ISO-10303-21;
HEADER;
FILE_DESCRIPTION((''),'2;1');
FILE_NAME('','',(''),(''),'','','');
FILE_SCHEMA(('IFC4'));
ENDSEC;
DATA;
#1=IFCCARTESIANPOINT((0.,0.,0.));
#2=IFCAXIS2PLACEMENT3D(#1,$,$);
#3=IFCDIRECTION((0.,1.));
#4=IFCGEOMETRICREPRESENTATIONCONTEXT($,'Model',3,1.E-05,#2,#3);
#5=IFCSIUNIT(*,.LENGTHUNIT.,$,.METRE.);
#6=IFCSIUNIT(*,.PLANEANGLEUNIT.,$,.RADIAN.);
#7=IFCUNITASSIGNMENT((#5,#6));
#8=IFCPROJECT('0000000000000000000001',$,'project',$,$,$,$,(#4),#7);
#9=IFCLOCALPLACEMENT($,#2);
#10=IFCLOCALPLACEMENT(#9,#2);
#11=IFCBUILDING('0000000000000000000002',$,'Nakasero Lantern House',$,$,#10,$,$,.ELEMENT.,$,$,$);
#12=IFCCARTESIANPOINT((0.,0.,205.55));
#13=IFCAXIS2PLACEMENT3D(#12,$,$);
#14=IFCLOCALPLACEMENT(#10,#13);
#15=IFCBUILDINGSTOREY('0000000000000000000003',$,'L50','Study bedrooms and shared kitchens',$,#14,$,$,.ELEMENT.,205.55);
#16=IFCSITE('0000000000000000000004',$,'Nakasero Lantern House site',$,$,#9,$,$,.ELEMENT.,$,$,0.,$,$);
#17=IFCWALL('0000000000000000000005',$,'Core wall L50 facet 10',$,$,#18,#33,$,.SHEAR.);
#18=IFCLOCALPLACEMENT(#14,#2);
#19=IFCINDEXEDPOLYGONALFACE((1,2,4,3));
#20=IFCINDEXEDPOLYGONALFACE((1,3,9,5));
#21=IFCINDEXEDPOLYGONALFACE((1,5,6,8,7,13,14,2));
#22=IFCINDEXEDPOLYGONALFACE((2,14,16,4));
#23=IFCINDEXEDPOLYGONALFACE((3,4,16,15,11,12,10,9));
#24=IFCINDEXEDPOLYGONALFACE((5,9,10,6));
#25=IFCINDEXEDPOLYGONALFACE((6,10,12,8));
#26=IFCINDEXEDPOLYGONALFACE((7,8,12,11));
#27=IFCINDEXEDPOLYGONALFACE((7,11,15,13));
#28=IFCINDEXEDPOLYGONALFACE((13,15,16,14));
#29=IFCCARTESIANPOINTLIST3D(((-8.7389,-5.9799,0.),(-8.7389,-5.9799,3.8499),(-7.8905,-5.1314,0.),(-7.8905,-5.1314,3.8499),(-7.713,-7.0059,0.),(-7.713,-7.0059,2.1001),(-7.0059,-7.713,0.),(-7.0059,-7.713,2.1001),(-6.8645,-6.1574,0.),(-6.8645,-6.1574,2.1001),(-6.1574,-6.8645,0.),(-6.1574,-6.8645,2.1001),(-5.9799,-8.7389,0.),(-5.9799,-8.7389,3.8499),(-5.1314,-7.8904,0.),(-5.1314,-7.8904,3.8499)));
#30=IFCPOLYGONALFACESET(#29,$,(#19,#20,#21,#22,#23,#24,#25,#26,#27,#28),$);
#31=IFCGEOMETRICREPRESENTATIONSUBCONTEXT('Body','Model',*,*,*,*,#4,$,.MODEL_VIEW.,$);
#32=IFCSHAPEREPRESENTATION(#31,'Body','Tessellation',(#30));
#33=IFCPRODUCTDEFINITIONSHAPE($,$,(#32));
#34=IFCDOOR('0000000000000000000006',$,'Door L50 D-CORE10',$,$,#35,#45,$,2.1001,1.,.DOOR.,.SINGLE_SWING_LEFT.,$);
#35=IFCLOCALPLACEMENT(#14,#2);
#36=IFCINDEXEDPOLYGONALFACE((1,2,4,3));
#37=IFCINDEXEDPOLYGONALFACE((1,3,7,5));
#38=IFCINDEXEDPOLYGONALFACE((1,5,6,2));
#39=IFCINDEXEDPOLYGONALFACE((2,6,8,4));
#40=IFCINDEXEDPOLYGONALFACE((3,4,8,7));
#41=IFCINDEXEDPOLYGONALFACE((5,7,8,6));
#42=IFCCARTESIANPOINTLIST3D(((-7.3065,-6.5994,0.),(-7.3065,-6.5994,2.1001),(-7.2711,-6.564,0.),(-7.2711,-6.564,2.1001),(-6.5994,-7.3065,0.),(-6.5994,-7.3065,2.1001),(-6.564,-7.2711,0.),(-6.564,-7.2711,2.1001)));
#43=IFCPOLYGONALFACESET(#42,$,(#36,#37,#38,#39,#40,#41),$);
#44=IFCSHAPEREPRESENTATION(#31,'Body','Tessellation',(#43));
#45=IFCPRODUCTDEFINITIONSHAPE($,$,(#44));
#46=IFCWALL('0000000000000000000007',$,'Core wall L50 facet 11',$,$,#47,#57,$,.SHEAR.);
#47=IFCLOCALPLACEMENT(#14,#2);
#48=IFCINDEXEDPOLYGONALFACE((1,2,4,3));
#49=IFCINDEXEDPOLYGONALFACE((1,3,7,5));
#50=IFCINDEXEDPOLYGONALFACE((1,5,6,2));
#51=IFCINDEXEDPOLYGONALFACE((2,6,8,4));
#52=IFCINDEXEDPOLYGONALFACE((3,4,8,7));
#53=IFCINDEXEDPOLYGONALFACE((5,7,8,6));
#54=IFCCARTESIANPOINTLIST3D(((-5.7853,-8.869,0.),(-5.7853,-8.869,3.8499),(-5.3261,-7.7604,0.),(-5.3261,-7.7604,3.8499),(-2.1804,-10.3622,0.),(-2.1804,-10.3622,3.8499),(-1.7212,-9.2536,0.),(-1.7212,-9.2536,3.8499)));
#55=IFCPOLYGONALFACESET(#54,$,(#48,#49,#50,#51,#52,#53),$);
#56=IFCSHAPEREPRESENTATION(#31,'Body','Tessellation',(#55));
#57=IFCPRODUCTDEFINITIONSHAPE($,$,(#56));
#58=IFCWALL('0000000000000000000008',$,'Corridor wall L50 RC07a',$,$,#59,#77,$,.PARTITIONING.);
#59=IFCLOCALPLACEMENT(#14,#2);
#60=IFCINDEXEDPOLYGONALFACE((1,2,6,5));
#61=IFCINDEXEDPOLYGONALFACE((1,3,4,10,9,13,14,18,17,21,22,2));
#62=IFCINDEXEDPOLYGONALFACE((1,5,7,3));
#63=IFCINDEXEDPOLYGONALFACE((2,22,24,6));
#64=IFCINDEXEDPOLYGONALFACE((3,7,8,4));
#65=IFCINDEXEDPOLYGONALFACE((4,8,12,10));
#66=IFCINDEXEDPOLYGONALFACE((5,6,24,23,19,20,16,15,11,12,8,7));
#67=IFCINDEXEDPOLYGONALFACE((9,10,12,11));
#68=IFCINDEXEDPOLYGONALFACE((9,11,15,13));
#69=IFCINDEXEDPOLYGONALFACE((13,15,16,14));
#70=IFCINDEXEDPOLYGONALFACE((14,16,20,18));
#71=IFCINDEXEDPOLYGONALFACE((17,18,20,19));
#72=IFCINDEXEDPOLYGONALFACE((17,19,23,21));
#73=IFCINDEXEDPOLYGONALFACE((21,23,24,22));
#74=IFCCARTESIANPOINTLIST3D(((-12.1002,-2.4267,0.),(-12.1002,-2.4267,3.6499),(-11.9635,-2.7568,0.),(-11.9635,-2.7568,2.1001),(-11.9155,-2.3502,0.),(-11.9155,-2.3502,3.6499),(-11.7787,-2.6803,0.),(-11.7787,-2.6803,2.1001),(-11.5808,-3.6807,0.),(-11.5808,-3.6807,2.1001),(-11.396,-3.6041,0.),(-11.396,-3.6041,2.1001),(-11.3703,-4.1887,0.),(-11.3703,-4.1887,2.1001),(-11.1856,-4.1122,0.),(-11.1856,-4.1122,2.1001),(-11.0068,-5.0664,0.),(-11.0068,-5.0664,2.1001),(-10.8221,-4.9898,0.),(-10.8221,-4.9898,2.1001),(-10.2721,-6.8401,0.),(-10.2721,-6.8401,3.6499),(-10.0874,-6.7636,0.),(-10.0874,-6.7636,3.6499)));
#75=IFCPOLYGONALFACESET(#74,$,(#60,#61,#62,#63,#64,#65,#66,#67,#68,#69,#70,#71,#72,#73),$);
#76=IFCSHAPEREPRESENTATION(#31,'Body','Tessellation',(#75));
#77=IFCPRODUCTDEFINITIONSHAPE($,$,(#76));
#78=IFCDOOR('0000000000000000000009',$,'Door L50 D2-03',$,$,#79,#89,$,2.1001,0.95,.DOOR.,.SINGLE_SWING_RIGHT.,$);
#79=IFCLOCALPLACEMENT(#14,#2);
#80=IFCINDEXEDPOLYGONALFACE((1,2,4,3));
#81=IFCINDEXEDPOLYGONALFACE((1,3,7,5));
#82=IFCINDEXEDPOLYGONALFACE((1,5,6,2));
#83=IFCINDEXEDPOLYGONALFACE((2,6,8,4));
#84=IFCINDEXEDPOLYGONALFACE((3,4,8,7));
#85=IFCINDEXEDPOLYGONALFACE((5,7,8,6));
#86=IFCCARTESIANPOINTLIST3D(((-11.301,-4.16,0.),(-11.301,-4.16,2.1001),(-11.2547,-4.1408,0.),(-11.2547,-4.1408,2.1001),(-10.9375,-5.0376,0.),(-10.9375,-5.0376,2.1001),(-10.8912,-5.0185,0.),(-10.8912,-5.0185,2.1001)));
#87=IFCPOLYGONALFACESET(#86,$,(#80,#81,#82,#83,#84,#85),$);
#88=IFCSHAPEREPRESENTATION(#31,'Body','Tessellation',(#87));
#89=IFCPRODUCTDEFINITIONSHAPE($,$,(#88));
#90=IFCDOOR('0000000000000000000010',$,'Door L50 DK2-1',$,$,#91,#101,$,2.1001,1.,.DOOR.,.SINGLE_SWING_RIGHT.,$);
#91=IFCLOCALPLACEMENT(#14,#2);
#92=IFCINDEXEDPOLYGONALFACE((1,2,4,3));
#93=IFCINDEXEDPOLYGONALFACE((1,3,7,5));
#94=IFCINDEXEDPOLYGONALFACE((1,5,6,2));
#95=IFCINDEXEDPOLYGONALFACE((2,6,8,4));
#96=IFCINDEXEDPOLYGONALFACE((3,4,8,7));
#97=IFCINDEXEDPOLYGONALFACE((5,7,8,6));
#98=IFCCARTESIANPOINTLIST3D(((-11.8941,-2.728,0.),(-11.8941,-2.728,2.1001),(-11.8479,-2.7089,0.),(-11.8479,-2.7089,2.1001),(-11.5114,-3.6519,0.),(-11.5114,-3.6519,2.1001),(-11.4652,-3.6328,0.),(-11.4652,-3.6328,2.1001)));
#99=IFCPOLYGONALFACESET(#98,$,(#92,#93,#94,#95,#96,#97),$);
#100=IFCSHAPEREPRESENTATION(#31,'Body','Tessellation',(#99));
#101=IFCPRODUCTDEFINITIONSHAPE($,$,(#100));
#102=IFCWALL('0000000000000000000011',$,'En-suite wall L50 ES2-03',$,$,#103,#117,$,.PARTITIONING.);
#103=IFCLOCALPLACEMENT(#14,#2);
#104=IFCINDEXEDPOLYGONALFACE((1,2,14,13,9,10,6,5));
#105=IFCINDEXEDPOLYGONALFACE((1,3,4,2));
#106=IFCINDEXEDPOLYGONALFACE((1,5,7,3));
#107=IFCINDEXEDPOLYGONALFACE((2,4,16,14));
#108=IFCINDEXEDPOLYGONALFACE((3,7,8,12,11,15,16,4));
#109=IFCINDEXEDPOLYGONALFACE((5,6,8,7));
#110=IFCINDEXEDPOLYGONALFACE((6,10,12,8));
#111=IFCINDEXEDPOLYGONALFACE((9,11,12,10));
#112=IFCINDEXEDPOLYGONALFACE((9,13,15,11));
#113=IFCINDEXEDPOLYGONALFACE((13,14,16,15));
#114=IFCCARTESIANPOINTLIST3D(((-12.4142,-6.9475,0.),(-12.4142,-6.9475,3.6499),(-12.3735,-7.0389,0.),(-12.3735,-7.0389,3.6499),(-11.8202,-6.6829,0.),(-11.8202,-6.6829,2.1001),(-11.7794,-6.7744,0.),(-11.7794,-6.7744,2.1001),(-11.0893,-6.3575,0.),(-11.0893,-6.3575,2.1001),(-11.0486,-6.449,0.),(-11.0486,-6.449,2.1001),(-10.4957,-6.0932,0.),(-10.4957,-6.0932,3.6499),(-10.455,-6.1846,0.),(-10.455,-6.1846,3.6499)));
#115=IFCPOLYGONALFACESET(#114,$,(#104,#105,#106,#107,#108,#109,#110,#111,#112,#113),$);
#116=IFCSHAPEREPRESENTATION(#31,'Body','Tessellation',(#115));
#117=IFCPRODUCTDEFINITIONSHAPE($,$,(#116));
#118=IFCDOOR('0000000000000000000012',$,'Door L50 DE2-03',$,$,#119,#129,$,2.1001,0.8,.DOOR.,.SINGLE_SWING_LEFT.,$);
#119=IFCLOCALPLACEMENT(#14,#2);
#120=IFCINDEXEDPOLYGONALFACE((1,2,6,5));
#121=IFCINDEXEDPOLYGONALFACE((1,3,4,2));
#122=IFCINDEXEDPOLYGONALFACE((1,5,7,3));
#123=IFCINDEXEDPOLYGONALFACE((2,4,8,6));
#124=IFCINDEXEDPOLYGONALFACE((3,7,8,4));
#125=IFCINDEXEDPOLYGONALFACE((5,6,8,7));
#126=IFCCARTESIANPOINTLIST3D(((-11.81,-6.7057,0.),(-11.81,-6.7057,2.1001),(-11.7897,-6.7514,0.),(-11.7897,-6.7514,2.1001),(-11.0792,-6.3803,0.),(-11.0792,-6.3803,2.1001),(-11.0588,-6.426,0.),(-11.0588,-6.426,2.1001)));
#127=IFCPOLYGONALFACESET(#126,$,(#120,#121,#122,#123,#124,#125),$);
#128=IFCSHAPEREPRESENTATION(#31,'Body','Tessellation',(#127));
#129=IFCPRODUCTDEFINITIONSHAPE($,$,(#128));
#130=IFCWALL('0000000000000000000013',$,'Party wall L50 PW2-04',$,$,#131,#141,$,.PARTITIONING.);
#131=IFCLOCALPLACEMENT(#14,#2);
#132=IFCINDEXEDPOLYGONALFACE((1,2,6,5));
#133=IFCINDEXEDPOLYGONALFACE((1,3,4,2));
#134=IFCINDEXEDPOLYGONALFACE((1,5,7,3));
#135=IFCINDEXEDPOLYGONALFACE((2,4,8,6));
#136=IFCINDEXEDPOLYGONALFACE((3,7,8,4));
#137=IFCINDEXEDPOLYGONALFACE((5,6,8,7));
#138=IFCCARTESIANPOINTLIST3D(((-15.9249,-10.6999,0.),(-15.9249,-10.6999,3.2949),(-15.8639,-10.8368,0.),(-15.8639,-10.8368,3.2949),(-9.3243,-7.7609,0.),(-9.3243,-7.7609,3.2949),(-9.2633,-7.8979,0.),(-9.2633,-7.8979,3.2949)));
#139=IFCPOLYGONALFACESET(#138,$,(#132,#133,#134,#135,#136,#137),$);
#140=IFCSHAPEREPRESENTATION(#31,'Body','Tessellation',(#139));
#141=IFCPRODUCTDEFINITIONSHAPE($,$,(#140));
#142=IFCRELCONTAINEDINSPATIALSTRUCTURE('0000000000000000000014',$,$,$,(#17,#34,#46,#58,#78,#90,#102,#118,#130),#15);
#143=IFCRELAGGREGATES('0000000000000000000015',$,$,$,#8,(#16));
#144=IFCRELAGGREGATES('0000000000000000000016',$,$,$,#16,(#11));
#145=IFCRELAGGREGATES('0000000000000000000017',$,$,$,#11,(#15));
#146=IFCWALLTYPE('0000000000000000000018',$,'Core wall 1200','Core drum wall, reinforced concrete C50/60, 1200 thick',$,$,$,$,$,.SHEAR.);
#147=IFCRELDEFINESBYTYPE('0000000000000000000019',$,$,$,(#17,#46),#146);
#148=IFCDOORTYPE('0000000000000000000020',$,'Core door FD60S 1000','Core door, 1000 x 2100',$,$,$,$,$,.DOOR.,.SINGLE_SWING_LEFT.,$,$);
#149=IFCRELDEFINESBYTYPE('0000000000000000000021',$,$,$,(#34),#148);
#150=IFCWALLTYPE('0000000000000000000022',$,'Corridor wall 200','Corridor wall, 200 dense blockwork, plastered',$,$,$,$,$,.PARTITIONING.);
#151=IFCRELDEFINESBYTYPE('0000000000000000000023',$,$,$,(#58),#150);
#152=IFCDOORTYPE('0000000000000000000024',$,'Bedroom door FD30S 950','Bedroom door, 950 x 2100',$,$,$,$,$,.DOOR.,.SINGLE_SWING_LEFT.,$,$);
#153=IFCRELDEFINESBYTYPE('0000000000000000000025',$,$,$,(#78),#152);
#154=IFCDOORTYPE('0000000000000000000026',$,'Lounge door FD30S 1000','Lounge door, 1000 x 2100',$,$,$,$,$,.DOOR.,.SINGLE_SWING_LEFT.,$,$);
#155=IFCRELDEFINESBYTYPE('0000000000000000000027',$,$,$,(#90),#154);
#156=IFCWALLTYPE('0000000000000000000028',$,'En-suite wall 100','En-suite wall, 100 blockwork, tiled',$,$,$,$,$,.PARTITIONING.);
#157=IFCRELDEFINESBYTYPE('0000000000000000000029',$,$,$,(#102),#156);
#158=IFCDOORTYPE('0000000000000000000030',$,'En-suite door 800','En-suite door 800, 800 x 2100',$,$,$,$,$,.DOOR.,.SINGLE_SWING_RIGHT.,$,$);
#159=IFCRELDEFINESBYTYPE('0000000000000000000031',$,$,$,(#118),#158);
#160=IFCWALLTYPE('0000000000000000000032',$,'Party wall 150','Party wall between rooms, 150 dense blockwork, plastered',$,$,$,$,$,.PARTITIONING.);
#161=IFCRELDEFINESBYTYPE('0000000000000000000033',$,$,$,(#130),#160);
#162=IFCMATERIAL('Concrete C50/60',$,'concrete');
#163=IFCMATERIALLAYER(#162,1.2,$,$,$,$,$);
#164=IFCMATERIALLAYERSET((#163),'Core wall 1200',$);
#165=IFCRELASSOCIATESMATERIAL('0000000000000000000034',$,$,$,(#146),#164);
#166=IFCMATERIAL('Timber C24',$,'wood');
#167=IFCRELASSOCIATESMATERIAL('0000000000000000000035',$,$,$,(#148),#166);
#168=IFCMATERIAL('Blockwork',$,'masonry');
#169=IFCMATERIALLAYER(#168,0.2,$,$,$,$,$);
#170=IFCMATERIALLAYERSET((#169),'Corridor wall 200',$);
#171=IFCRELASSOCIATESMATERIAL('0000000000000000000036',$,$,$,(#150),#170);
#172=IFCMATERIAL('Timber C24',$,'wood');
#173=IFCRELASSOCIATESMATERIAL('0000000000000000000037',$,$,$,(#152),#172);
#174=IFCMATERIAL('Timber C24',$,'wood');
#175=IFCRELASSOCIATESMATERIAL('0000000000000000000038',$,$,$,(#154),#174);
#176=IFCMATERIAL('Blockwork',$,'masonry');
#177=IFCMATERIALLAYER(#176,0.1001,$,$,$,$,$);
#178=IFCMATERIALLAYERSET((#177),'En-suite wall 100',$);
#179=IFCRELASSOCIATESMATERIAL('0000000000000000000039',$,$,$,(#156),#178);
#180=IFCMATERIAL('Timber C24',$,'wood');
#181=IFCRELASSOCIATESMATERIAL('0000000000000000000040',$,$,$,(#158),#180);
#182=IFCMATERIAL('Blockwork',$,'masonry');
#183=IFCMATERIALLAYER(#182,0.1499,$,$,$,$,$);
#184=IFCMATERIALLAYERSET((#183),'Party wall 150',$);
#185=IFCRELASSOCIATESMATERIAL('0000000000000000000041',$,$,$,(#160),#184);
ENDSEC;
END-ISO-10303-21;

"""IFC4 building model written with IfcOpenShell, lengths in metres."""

from ifc_helpers import new_model, si_unit, direction, frame, frame_2d, origin, place, context, subcontext, project, spatial, rectangle, extrude, material, layer, layer_set, type_object, element, fill, save


model = new_model("IFC4")

# Units and contexts
model_context = context("Model", 3, precision=1e-05, world=origin(), true_north=direction((0.0, 1.0)))
body_context = subcontext(model_context, "Body", "Model", "MODEL_VIEW")
ifc_project = project(units=[si_unit("LENGTHUNIT", "METRE"), si_unit("PLANEANGLEUNIT", "RADIAN")], contexts=[model_context])

# Site, building, storey
site_placement = place(None, origin())
site = spatial("IfcSite", under=ifc_project, at=site_placement, Name="Nakasero Lantern House site", CompositionType="ELEMENT", RefElevation=0.0)
building_placement = place(site_placement, origin())
building = spatial("IfcBuilding", under=site, at=building_placement, Name="Nakasero Lantern House", CompositionType="ELEMENT")
storey_placement = place(building_placement, frame((0.0, 0.0, 205.55)))
storey = spatial("IfcBuildingStorey", under=building, at=storey_placement, Name="L50", Description="Study bedrooms and shared kitchens", CompositionType="ELEMENT", Elevation=205.55)

# Shared definitions
ifc_material_1 = material(Name="Concrete C50/60", Category="concrete")
ifc_layer_1 = layer(ifc_material_1, 1.2)
ifc_layer_set_1 = layer_set([ifc_layer_1], Name="Core wall 1200")
wall_type_1 = type_object("IfcWallType", Name="Core wall 1200", Description="Core drum wall, reinforced concrete C50/60, 1200 thick", PredefinedType="SHEAR", material=ifc_layer_set_1)

# Wall, opening, door
wall_1_placement = place(storey_placement, frame((-8.3147, -5.5557, 0.0), z_axis=(0.0, 0.0, 1.0), x_axis=(0.707107, -0.707107, 0.0)))
wall_1 = element("IfcWall", 1, at=wall_1_placement, inside=storey, type_object=wall_type_1, Name="Core wall L50 facet 10", PredefinedType="SHEAR", context=body_context, shape_type="SweptSolid", body=[
    extrude(rectangle(XDim=3.9019, YDim=1.2, at=frame_2d((1.9509, 0.0))), origin(), (0.0, 0.0, 1.0), 3.8499),
])
opening_1_placement = place(wall_1_placement, frame((1.4509, 0.0, 0.0)))
opening_1 = element("IfcOpeningElement", 2, at=opening_1_placement, cuts=wall_1, PredefinedType="OPENING", context=body_context, shape_type="SweptSolid", body=[
    extrude(rectangle(XDim=1.0, YDim=2.1001, at=frame_2d((0.5, 1.05))), frame((0.0, 0.6199, 0.0), z_axis=(0.0, -1.0, 0.0), x_axis=(1.0, 0.0, 0.0)), (0.0, 0.0, 1.0), 1.24),
])
ifc_material_2 = material(Name="Timber C24", Category="wood")
door_type_1 = type_object("IfcDoorType", Name="Core door FD60S 1000", Description="Core door, 1000 x 2100", OperationType="SINGLE_SWING_LEFT", PredefinedType="DOOR", material=ifc_material_2)
door_1_placement = place(opening_1_placement, origin())
door_1 = element("IfcDoor", 3, at=door_1_placement, inside=storey, type_object=door_type_1, Name="Door L50 D-CORE10", OperationType="SINGLE_SWING_LEFT", OverallHeight=2.1001, OverallWidth=1.0, PredefinedType="DOOR", context=body_context, shape_type="SweptSolid", body=[
    extrude(rectangle(XDim=1.0, YDim=2.1001, at=frame_2d((0.5, 1.05))), frame((0.0, 0.0249, 0.0), z_axis=(0.0, -1.0, 0.0), x_axis=(1.0, 0.0, 0.0)), (0.0, 0.0, 1.0), 0.05),
])
fill(opening_1, door_1)

# Wall
wall_2_placement = place(storey_placement, frame((-5.5557, -8.3147, 0.0), z_axis=(0.0, 0.0, 1.0), x_axis=(0.923877, -0.382691, 0.0)))
element("IfcWall", 4, at=wall_2_placement, inside=storey, type_object=wall_type_1, Name="Core wall L50 facet 11", PredefinedType="SHEAR", context=body_context, shape_type="SweptSolid", body=[
    extrude(rectangle(XDim=3.9019, YDim=1.2, at=frame_2d((1.9509, 0.0))), origin(), (0.0, 0.0, 1.0), 3.8499),
])

# Wall, openings, doors
ifc_material_3 = material(Name="Blockwork", Category="masonry")
ifc_layer_2 = layer(ifc_material_3, 0.2)
ifc_layer_set_2 = layer_set([ifc_layer_2], Name="Corridor wall 200")
wall_type_2 = type_object("IfcWallType", Name="Corridor wall 200", Description="Corridor wall, 200 dense blockwork, plastered", PredefinedType="PARTITIONING", material=ifc_layer_set_2)
wall_3_placement = place(storey_placement, frame((-10.1797, -6.802, 0.0), z_axis=(0.0, 0.0, 1.0), x_axis=(-0.382677, 0.923882, 0.0)))
wall_3 = element("IfcWall", 5, at=wall_3_placement, inside=storey, type_object=wall_type_2, Name="Corridor wall L50 RC07a", PredefinedType="PARTITIONING", context=body_context, shape_type="SweptSolid", body=[
    extrude(rectangle(XDim=4.7771, YDim=0.2, at=frame_2d((2.3887, 0.0))), origin(), (0.0, 0.0, 1.0), 3.6499),
])
opening_2_placement = place(wall_3_placement, frame((1.9199, 0.0, 0.0)))
opening_2 = element("IfcOpeningElement", 6, at=opening_2_placement, cuts=wall_3, PredefinedType="OPENING", context=body_context, shape_type="SweptSolid", body=[
    extrude(rectangle(XDim=0.95, YDim=2.1001, at=frame_2d((0.4751, 1.05))), frame((0.0, 0.1199, 0.0), z_axis=(0.0, -1.0, 0.0), x_axis=(1.0, 0.0, 0.0)), (0.0, 0.0, 1.0), 0.24),
])
opening_3_placement = place(wall_3_placement, frame((3.4199, 0.0, 0.0)))
opening_3 = element("IfcOpeningElement", 7, at=opening_3_placement, cuts=wall_3, PredefinedType="OPENING", context=body_context, shape_type="SweptSolid", body=[
    extrude(rectangle(XDim=1.0, YDim=2.1001, at=frame_2d((0.5, 1.05))), frame((0.0, 0.1199, 0.0), z_axis=(0.0, -1.0, 0.0), x_axis=(1.0, 0.0, 0.0)), (0.0, 0.0, 1.0), 0.24),
])
ifc_material_4 = material(Name="Timber C24", Category="wood")
door_type_2 = type_object("IfcDoorType", Name="Bedroom door FD30S 950", Description="Bedroom door, 950 x 2100", OperationType="SINGLE_SWING_LEFT", PredefinedType="DOOR", material=ifc_material_4)
door_2_placement = place(opening_2_placement, origin())
door_2 = element("IfcDoor", 8, at=door_2_placement, inside=storey, type_object=door_type_2, Name="Door L50 D2-03", OperationType="SINGLE_SWING_RIGHT", OverallHeight=2.1001, OverallWidth=0.95, PredefinedType="DOOR", context=body_context, shape_type="SweptSolid", body=[
    extrude(rectangle(XDim=0.95, YDim=2.1001, at=frame_2d((0.4751, 1.05))), frame((0.0, 0.0249, 0.0), z_axis=(0.0, -1.0, 0.0), x_axis=(1.0, 0.0, 0.0)), (0.0, 0.0, 1.0), 0.05),
])
fill(opening_2, door_2)
ifc_material_5 = material(Name="Timber C24", Category="wood")
door_type_3 = type_object("IfcDoorType", Name="Lounge door FD30S 1000", Description="Lounge door, 1000 x 2100", OperationType="SINGLE_SWING_LEFT", PredefinedType="DOOR", material=ifc_material_5)
door_3_placement = place(opening_3_placement, origin())
door_3 = element("IfcDoor", 9, at=door_3_placement, inside=storey, type_object=door_type_3, Name="Door L50 DK2-1", OperationType="SINGLE_SWING_RIGHT", OverallHeight=2.1001, OverallWidth=1.0, PredefinedType="DOOR", context=body_context, shape_type="SweptSolid", body=[
    extrude(rectangle(XDim=1.0, YDim=2.1001, at=frame_2d((0.5, 1.05))), frame((0.0, 0.0249, 0.0), z_axis=(0.0, -1.0, 0.0), x_axis=(1.0, 0.0, 0.0)), (0.0, 0.0, 1.0), 0.05),
])
fill(opening_3, door_3)

# Wall, opening, door
ifc_material_6 = material(Name="Blockwork", Category="masonry")
ifc_layer_3 = layer(ifc_material_6, 0.1001)
ifc_layer_set_3 = layer_set([ifc_layer_3], Name="En-suite wall 100")
wall_type_3 = type_object("IfcWallType", Name="En-suite wall 100", Description="En-suite wall, 100 blockwork, tiled", PredefinedType="PARTITIONING", material=ifc_layer_set_3)
wall_4_placement = place(storey_placement, frame((-10.4753, -6.1389, 0.0), z_axis=(0.0, 0.0, 1.0), x_axis=(-0.913528, -0.406775, 0.0)))
wall_4 = element("IfcWall", 10, at=wall_4_placement, inside=storey, type_object=wall_type_3, Name="En-suite wall L50 ES2-03", PredefinedType="PARTITIONING", context=body_context, shape_type="SweptSolid", body=[
    extrude(rectangle(XDim=2.1001, YDim=0.1001, at=frame_2d((1.05, 0.0))), origin(), (0.0, 0.0, 1.0), 3.6499),
])
opening_4_placement = place(wall_4_placement, frame((0.6499, 0.0, 0.0)))
opening_4 = element("IfcOpeningElement", 11, at=opening_4_placement, cuts=wall_4, PredefinedType="OPENING", context=body_context, shape_type="SweptSolid", body=[
    extrude(rectangle(XDim=0.8, YDim=2.1001, at=frame_2d((0.3999, 1.05))), frame((0.0, 0.0701, 0.0), z_axis=(0.0, -1.0, 0.0), x_axis=(1.0, 0.0, 0.0)), (0.0, 0.0, 1.0), 0.1401),
])
ifc_material_7 = material(Name="Timber C24", Category="wood")
door_type_4 = type_object("IfcDoorType", Name="En-suite door 800", Description="En-suite door 800, 800 x 2100", OperationType="SINGLE_SWING_RIGHT", PredefinedType="DOOR", material=ifc_material_7)
door_4_placement = place(opening_4_placement, origin())
door_4 = element("IfcDoor", 12, at=door_4_placement, inside=storey, type_object=door_type_4, Name="Door L50 DE2-03", OperationType="SINGLE_SWING_LEFT", OverallHeight=2.1001, OverallWidth=0.8, PredefinedType="DOOR", context=body_context, shape_type="SweptSolid", body=[
    extrude(rectangle(XDim=0.8, YDim=2.1001, at=frame_2d((0.3999, 1.05))), frame((0.0, 0.0249, 0.0), z_axis=(0.0, -1.0, 0.0), x_axis=(1.0, 0.0, 0.0)), (0.0, 0.0, 1.0), 0.05),
])
fill(opening_4, door_4)

# Wall
ifc_material_8 = material(Name="Blockwork", Category="masonry")
ifc_layer_4 = layer(ifc_material_8, 0.1499)
ifc_layer_set_4 = layer_set([ifc_layer_4], Name="Party wall 150")
wall_type_4 = type_object("IfcWallType", Name="Party wall 150", Description="Party wall between rooms, 150 dense blockwork, plastered", PredefinedType="PARTITIONING", material=ifc_layer_set_4)
wall_5_placement = place(storey_placement, frame((-9.2937, -7.8293, 0.0), z_axis=(0.0, 0.0, 1.0), x_axis=(-0.913535, -0.406759, 0.0)))
element("IfcWall", 13, at=wall_5_placement, inside=storey, type_object=wall_type_4, Name="Party wall L50 PW2-04", PredefinedType="PARTITIONING", context=body_context, shape_type="SweptSolid", body=[
    extrude(rectangle(XDim=7.2253, YDim=0.1499, at=frame_2d((3.6128, 0.0))), origin(), (0.0, 0.0, 1.0), 3.2949),
])

save(model, "model.ifc")
